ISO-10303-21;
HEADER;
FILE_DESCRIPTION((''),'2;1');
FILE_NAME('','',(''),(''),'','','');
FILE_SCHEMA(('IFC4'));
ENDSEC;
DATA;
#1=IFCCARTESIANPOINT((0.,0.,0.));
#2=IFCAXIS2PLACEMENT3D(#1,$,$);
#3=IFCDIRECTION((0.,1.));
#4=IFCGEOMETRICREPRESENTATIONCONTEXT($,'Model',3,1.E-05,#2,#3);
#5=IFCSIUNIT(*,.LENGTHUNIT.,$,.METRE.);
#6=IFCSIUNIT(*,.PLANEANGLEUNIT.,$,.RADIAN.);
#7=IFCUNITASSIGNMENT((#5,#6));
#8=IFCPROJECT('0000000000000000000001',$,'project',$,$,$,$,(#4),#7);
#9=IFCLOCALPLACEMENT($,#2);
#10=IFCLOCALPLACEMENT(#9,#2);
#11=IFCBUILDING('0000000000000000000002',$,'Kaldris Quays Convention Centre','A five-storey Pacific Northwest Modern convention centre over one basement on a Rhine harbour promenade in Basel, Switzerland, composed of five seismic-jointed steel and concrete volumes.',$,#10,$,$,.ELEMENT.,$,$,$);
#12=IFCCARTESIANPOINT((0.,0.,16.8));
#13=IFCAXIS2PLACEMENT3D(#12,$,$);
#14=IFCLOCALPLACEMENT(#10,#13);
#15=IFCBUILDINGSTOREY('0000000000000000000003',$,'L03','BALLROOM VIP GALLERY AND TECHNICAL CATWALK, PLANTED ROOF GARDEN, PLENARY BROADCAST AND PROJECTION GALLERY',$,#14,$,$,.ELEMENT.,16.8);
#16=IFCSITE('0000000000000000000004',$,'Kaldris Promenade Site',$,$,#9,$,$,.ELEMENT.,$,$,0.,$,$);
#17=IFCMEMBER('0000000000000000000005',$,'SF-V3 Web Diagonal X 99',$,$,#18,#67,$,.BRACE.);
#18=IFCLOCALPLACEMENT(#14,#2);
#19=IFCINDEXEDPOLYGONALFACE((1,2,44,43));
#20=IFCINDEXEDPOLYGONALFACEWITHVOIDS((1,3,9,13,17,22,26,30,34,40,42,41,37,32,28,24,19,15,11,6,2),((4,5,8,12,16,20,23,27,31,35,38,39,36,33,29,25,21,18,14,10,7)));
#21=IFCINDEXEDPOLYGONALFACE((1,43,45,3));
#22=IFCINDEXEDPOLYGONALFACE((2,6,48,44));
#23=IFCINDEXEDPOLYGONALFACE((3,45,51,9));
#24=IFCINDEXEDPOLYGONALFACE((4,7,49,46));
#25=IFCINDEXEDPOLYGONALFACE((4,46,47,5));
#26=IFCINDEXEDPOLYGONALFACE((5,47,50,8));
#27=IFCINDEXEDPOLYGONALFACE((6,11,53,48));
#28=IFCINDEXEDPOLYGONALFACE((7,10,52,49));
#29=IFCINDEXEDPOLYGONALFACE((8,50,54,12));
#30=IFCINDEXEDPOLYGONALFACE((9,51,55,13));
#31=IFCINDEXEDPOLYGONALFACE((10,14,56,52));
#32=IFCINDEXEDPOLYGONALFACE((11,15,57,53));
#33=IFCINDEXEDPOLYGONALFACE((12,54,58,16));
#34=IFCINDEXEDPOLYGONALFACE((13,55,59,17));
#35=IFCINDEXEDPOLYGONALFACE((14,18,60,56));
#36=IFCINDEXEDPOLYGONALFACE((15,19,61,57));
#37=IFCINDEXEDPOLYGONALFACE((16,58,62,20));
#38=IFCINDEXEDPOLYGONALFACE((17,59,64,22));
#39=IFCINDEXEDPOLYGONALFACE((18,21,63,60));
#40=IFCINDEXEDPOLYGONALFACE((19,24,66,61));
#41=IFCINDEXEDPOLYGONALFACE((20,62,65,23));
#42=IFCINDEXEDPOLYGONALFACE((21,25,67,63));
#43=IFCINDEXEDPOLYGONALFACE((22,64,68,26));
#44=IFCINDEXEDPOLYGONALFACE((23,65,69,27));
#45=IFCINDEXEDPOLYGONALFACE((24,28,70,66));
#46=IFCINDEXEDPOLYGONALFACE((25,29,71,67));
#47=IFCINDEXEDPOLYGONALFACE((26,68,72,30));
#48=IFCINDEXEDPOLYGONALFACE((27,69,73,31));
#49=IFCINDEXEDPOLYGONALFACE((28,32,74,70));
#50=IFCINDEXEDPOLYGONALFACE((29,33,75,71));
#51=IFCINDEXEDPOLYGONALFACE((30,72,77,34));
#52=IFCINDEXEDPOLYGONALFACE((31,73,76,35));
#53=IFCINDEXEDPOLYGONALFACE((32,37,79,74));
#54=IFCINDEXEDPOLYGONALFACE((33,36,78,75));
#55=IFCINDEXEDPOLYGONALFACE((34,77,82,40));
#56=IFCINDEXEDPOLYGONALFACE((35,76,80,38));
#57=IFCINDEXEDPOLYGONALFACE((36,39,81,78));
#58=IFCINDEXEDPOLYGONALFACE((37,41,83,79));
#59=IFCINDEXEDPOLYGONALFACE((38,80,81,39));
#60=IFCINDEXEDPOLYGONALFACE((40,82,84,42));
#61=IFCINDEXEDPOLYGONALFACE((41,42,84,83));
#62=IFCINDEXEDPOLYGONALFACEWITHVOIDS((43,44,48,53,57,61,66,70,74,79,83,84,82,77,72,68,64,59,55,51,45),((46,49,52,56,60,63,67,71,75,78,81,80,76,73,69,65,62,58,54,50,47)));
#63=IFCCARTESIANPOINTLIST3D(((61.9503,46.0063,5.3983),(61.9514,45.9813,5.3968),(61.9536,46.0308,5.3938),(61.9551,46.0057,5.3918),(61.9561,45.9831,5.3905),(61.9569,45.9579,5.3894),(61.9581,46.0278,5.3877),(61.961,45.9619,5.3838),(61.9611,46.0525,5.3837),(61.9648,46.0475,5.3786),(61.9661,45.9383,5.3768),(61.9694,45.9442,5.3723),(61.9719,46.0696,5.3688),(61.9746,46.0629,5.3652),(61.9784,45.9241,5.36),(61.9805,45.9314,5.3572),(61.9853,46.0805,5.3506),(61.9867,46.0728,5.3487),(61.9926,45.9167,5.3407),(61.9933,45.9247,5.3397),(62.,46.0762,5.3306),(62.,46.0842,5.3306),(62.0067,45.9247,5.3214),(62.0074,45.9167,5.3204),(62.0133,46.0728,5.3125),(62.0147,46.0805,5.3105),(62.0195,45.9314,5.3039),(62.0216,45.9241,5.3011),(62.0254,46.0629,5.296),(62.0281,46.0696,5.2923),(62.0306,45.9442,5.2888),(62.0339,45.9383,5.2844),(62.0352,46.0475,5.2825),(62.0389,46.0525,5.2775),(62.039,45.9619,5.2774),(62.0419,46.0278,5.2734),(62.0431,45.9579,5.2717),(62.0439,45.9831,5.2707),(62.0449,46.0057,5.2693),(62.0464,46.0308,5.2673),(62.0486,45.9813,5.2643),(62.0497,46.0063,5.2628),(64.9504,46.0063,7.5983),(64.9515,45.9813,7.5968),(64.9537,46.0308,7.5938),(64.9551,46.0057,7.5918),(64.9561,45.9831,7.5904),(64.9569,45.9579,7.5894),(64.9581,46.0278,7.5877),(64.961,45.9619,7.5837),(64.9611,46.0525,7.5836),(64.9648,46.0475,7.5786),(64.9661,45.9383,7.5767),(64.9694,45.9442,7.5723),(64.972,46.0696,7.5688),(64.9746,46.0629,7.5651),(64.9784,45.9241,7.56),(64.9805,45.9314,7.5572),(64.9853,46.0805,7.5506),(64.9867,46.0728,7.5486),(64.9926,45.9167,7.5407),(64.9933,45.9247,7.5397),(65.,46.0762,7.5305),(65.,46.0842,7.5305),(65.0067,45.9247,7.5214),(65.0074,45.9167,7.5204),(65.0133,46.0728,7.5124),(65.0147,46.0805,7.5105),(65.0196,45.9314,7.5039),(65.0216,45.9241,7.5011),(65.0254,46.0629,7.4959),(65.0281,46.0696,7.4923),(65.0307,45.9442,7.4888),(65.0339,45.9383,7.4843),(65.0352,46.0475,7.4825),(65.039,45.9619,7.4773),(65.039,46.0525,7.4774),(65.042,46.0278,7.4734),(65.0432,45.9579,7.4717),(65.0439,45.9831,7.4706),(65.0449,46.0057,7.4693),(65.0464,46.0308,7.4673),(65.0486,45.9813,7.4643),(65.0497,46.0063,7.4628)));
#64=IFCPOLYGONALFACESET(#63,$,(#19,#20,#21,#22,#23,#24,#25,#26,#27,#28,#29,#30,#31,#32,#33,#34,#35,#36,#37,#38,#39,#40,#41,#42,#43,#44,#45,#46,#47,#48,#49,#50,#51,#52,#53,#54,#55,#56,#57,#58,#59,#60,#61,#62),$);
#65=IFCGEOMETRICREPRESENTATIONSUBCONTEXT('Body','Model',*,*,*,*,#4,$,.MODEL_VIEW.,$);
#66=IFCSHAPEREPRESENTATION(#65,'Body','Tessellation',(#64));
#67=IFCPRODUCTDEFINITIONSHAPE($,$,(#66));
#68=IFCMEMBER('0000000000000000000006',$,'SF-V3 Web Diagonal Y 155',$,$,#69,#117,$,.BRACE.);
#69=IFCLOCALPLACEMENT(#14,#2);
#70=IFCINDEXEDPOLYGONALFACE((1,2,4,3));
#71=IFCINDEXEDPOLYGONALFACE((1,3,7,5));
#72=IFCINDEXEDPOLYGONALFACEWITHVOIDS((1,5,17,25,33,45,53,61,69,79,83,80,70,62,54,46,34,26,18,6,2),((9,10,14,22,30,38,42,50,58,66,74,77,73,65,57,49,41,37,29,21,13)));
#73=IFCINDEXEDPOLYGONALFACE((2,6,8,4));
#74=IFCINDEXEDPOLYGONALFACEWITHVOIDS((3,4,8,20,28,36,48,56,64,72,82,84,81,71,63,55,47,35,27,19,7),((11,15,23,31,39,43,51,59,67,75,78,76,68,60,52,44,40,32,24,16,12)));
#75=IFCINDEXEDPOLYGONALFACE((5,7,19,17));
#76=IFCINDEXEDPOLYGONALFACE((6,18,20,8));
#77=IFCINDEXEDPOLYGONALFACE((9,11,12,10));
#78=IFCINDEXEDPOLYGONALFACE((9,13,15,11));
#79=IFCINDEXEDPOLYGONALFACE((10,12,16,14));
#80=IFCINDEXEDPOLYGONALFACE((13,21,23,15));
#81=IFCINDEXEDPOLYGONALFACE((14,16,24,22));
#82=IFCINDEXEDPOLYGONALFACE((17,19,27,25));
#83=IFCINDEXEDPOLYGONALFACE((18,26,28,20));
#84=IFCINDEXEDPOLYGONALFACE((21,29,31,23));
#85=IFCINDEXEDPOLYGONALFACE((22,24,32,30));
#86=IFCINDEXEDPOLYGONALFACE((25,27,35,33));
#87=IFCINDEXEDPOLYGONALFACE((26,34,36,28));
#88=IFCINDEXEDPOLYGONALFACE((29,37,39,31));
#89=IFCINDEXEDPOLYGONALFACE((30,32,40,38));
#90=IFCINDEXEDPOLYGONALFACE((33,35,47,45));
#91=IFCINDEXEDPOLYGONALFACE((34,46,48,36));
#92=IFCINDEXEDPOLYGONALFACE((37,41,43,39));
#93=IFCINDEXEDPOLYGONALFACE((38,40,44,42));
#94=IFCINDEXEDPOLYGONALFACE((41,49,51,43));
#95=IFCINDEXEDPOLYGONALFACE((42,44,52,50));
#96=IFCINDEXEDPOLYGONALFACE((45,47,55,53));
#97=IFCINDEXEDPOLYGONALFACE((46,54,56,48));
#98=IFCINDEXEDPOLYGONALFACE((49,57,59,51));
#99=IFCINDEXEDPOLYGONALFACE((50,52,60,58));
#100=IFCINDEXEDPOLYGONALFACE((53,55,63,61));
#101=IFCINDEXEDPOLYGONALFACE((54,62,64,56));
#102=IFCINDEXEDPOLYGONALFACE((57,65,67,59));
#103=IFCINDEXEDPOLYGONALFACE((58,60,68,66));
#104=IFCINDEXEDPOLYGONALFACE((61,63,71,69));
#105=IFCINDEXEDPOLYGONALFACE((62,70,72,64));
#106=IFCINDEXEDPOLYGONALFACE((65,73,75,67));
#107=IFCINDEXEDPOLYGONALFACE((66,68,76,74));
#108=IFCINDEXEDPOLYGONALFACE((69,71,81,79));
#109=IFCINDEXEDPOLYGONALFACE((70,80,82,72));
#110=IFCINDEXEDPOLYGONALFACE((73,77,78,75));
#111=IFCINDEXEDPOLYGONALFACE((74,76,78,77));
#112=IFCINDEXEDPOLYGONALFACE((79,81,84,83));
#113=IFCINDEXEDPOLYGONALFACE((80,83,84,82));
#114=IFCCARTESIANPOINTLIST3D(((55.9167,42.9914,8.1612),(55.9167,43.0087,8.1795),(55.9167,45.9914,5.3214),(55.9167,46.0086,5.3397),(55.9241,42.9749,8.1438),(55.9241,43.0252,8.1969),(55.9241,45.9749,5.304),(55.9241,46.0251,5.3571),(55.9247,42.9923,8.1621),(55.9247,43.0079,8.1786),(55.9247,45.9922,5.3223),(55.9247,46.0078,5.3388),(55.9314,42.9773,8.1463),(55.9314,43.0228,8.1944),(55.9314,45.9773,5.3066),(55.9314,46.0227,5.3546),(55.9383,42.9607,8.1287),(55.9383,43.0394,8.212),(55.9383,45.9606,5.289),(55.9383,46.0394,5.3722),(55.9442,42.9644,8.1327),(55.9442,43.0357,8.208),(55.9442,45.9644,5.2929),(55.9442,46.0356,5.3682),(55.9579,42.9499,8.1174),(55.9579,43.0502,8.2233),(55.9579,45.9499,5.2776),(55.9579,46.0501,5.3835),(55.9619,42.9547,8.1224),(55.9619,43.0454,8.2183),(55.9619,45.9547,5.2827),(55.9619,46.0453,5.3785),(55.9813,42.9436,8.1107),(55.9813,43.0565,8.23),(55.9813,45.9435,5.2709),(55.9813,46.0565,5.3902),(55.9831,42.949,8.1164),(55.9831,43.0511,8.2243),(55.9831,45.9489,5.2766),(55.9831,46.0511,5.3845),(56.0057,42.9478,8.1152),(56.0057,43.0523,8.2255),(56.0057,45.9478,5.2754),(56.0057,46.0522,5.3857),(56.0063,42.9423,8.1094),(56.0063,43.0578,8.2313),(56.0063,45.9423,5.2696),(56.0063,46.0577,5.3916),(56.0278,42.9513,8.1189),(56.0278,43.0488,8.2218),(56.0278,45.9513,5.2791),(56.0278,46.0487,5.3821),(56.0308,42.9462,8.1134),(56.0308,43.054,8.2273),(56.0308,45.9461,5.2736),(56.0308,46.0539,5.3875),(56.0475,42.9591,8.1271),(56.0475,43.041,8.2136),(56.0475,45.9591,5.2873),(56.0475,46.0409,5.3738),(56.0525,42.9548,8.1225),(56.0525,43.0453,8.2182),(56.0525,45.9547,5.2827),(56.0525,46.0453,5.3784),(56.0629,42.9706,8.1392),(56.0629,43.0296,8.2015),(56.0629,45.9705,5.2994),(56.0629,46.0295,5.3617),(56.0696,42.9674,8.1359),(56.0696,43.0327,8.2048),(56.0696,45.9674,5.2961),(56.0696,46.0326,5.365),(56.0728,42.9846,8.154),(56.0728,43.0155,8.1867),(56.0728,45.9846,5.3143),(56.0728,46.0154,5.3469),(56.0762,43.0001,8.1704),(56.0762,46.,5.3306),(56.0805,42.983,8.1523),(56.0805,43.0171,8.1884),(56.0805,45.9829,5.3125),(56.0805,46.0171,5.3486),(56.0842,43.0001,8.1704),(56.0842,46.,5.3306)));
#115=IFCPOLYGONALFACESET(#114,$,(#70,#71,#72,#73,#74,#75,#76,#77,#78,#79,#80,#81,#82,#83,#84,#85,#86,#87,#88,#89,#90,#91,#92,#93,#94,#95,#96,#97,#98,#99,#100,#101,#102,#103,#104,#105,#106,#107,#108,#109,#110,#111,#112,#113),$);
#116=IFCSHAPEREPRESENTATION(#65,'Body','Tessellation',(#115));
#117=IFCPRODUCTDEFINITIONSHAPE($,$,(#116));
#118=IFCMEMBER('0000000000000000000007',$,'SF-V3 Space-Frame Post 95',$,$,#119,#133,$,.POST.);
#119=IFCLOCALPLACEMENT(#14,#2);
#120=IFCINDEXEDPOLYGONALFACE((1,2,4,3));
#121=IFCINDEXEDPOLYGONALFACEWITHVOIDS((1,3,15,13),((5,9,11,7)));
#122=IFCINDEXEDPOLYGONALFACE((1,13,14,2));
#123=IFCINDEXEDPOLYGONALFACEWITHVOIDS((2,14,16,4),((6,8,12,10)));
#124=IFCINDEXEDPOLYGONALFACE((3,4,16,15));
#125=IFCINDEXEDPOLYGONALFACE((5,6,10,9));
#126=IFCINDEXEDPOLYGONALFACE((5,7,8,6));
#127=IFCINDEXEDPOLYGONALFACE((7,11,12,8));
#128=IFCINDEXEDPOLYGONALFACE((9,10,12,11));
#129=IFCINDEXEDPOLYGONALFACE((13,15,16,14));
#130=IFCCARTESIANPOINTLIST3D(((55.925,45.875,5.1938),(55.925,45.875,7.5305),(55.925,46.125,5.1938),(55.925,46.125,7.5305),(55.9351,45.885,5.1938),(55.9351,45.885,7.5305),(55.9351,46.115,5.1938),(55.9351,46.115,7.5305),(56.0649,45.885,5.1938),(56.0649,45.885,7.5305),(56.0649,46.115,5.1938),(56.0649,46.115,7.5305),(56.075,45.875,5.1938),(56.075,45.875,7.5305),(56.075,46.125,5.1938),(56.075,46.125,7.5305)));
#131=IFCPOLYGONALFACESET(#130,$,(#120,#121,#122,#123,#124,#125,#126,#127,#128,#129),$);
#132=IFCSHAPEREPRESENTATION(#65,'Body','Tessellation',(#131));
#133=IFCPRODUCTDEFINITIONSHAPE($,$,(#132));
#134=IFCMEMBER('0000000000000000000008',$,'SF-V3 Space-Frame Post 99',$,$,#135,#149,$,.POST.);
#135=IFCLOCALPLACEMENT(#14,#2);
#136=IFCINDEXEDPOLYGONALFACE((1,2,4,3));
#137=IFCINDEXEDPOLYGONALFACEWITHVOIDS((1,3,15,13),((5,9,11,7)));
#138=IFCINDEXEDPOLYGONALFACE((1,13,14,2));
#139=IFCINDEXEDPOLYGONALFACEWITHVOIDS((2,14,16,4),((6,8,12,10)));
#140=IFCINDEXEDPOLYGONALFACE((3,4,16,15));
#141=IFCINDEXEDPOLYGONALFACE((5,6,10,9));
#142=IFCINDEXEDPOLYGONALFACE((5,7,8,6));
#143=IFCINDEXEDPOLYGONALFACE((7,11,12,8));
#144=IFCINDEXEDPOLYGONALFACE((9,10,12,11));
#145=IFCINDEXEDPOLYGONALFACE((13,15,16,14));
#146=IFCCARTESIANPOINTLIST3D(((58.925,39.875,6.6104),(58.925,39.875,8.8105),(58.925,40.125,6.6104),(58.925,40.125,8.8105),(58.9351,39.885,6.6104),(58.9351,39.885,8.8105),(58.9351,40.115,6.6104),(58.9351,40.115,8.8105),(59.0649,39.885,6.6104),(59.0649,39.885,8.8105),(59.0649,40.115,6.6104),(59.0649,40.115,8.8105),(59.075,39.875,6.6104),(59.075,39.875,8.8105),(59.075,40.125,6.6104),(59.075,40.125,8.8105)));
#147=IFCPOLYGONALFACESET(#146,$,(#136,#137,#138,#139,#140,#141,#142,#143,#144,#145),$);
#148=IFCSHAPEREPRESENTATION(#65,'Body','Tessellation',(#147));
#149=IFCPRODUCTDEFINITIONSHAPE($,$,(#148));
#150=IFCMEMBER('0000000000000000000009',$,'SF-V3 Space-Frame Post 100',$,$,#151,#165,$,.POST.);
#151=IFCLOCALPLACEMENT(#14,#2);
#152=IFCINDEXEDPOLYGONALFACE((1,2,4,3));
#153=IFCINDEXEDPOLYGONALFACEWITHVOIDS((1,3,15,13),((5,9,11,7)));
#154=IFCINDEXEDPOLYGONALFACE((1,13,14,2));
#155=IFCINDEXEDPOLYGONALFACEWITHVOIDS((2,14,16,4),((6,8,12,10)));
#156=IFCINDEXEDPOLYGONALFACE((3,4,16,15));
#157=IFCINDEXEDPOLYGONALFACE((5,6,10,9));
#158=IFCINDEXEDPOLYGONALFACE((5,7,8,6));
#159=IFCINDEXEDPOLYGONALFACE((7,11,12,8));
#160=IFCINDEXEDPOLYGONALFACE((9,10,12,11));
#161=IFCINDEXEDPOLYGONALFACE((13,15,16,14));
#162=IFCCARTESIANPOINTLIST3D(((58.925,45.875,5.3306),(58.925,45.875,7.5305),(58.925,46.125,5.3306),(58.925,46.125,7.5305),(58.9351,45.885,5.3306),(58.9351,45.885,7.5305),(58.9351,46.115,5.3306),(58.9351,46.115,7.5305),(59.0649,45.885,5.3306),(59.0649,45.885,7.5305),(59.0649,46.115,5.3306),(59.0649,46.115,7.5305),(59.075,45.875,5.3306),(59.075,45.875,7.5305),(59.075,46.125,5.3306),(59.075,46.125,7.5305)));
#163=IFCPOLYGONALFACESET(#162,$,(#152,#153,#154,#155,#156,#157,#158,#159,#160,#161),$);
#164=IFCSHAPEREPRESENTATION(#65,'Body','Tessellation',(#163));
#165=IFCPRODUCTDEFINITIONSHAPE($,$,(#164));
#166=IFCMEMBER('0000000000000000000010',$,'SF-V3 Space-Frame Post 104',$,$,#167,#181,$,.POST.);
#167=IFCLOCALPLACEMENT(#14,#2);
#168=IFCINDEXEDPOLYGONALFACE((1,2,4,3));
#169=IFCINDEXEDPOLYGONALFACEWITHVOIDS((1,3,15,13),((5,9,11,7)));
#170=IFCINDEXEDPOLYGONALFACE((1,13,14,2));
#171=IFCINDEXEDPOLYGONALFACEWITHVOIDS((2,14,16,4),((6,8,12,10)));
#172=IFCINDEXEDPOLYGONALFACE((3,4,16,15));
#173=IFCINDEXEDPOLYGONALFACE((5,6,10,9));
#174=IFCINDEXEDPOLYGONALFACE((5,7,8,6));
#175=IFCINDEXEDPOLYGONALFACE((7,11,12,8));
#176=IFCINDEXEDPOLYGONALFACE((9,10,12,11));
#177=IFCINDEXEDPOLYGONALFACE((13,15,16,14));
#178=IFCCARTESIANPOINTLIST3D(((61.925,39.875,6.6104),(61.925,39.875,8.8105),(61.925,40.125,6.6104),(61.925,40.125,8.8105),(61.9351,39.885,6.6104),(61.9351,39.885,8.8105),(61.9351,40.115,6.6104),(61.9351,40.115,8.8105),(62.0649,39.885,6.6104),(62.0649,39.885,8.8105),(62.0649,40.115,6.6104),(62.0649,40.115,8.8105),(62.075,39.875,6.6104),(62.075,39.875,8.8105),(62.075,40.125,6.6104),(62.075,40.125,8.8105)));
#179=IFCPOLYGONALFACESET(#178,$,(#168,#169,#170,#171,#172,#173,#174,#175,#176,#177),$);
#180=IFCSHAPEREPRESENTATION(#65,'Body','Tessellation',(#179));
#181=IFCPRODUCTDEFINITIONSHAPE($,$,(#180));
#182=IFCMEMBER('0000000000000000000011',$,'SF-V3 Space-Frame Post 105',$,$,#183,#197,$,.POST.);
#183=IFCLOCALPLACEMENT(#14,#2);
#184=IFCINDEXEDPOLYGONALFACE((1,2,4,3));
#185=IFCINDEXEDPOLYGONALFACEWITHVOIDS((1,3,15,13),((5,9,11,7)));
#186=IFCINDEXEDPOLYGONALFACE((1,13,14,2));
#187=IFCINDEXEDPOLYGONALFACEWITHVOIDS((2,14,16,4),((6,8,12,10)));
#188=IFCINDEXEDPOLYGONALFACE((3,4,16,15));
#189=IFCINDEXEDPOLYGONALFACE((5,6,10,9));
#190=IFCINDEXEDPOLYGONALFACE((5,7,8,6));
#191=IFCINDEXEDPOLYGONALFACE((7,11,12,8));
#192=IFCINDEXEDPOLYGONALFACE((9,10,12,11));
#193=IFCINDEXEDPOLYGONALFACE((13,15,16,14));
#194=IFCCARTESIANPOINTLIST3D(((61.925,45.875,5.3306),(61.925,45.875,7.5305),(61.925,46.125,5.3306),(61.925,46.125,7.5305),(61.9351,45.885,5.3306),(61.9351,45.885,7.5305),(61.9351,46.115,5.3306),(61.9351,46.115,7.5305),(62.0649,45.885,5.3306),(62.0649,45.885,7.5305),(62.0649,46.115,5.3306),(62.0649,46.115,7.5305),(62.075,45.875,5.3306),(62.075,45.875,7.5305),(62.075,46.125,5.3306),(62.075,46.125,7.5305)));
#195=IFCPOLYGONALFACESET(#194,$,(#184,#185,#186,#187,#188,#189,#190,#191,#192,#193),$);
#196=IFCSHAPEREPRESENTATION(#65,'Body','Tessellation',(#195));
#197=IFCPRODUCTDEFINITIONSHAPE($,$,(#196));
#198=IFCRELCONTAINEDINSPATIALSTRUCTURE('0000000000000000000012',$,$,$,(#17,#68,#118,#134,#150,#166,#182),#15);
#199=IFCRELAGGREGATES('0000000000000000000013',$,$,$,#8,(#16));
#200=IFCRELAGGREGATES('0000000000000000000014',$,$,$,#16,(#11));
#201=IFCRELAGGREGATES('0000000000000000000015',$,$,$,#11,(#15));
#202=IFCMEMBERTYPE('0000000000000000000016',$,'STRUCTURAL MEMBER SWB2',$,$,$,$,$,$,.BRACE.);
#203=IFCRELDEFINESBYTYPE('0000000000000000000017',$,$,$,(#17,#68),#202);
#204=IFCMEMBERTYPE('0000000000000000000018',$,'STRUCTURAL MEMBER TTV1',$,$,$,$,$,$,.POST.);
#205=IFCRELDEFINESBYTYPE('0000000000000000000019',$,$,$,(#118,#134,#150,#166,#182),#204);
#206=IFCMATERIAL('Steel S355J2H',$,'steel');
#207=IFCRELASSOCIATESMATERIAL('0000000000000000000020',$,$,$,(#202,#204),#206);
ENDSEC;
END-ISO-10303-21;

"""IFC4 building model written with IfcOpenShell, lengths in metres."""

from ifc_helpers import new_model, si_unit, direction, frame, origin, origin_2d, place, context, subcontext, project, spatial, hollow_rectangle, hollow_circle, extrude, material, material_profile, profile_set, type_object, element, save


model = new_model("IFC4")

# Units and contexts
model_context = context("Model", 3, precision=1e-05, world=origin(), true_north=direction((0.0, 1.0)))
body_context = subcontext(model_context, "Body", "Model", "MODEL_VIEW")
ifc_project = project(units=[si_unit("LENGTHUNIT", "METRE"), si_unit("PLANEANGLEUNIT", "RADIAN")], contexts=[model_context])

# Site, building, storey
site_placement = place(None, origin())
site = spatial("IfcSite", under=ifc_project, at=site_placement, Name="Kaldris Promenade Site", CompositionType="ELEMENT", RefElevation=0.0)
building_placement = place(site_placement, origin())
building = spatial("IfcBuilding", under=site, at=building_placement, Name="Kaldris Quays Convention Centre", Description="A five-storey Pacific Northwest Modern convention centre over one basement on a Rhine harbour promenade in Basel, Switzerland, composed of five seismic-jointed steel and concrete volumes.", CompositionType="ELEMENT")
storey_placement = place(building_placement, frame((0.0, 0.0, 16.8)))
storey = spatial("IfcBuildingStorey", under=building, at=storey_placement, Name="L03", Description="BALLROOM VIP GALLERY AND TECHNICAL CATWALK, PLANTED ROOF GARDEN, PLENARY BROADCAST AND PROJECTION GALLERY", CompositionType="ELEMENT", Elevation=16.8)

# Members
ifc_material_1 = material(Name="Steel S355J2H", Category="steel")
ifc_material_profile_1 = material_profile(ifc_material_1, hollow_circle(Radius=0.0842, WallThickness=0.0081, at=origin_2d()), Name="CHS 168.3x8")
ifc_profile_set_1 = profile_set([ifc_material_profile_1], Name="Steel S355J2H")
member_type_1 = type_object("IfcMemberType", Name="STRUCTURAL MEMBER SWB2", PredefinedType="BRACE", material=ifc_profile_set_1)
for number, where, z_axis, x_axis, name in (
    (1, (62.0, 46.0, 5.3306), (0.806411, 0.0, 0.591355), (0.0, 1.0, 0.0), "SF-V3 Web Diagonal X 99"),
):
    element("IfcMember", number, at=place(storey_placement, frame(where, z_axis=z_axis, x_axis=x_axis)), inside=storey, type_object=member_type_1, Name=name, PredefinedType="BRACE", context=body_context, shape_type="SweptSolid", body=[
        extrude(hollow_circle(Radius=0.0842, WallThickness=0.0081, at=origin_2d()), origin(), (0.0, 0.0, 1.0), 3.7202),
    ])
member_1_placement = place(storey_placement, frame((56.0, 46.0, 5.3306), z_axis=(0.0, -0.726226, 0.687456), x_axis=(1.0, 0.0, 0.0)))
element("IfcMember", 2, at=member_1_placement, inside=storey, type_object=member_type_1, Name="SF-V3 Web Diagonal Y 155", PredefinedType="BRACE", context=body_context, shape_type="SweptSolid", body=[
    extrude(hollow_circle(Radius=0.0842, WallThickness=0.0081, at=origin_2d()), origin(), (0.0, 0.0, 1.0), 4.1309),
])
ifc_material_profile_2 = material_profile(ifc_material_1, hollow_rectangle(XDim=0.1499, YDim=0.25, WallThickness=0.01, at=origin_2d()), Name="RHS 250x150x10")
ifc_profile_set_2 = profile_set([ifc_material_profile_2], Name="Steel S355J2H")
member_type_2 = type_object("IfcMemberType", Name="STRUCTURAL MEMBER TTV1", PredefinedType="POST", material=ifc_profile_set_2)
member_2_placement = place(storey_placement, frame((56.0, 46.0, 5.1938), z_axis=(0.0, 0.0, 1.0), x_axis=(1.0, 0.0, 0.0)))
element("IfcMember", 3, at=member_2_placement, inside=storey, type_object=member_type_2, Name="SF-V3 Space-Frame Post 95", PredefinedType="POST", context=body_context, shape_type="SweptSolid", body=[
    extrude(hollow_rectangle(XDim=0.1499, YDim=0.25, WallThickness=0.01, at=origin_2d()), origin(), (0.0, 0.0, 1.0), 2.3367),
])
member_3_placement = place(storey_placement, frame((59.0, 40.0, 6.6104), z_axis=(0.0, 0.0, 1.0), x_axis=(1.0, 0.0, 0.0)))
element("IfcMember", 4, at=member_3_placement, inside=storey, type_object=member_type_2, Name="SF-V3 Space-Frame Post 99", PredefinedType="POST", context=body_context, shape_type="SweptSolid", body=[
    extrude(hollow_rectangle(XDim=0.1499, YDim=0.25, WallThickness=0.01, at=origin_2d()), origin(), (0.0, 0.0, 1.0), 2.2002),
])
member_4_placement = place(storey_placement, frame((59.0, 46.0, 5.3306), z_axis=(0.0, 0.0, 1.0), x_axis=(1.0, 0.0, 0.0)))
element("IfcMember", 5, at=member_4_placement, inside=storey, type_object=member_type_2, Name="SF-V3 Space-Frame Post 100", PredefinedType="POST", context=body_context, shape_type="SweptSolid", body=[
    extrude(hollow_rectangle(XDim=0.1499, YDim=0.25, WallThickness=0.01, at=origin_2d()), origin(), (0.0, 0.0, 1.0), 2.2),
])
member_5_placement = place(storey_placement, frame((62.0, 40.0, 6.6104), z_axis=(0.0, 0.0, 1.0), x_axis=(1.0, 0.0, 0.0)))
element("IfcMember", 6, at=member_5_placement, inside=storey, type_object=member_type_2, Name="SF-V3 Space-Frame Post 104", PredefinedType="POST", context=body_context, shape_type="SweptSolid", body=[
    extrude(hollow_rectangle(XDim=0.1499, YDim=0.25, WallThickness=0.01, at=origin_2d()), origin(), (0.0, 0.0, 1.0), 2.2002),
])
member_6_placement = place(storey_placement, frame((62.0, 46.0, 5.3306), z_axis=(0.0, 0.0, 1.0), x_axis=(1.0, 0.0, 0.0)))
element("IfcMember", 7, at=member_6_placement, inside=storey, type_object=member_type_2, Name="SF-V3 Space-Frame Post 105", PredefinedType="POST", context=body_context, shape_type="SweptSolid", body=[
    extrude(hollow_rectangle(XDim=0.1499, YDim=0.25, WallThickness=0.01, at=origin_2d()), origin(), (0.0, 0.0, 1.0), 2.2),
])

save(model, "model.ifc")
